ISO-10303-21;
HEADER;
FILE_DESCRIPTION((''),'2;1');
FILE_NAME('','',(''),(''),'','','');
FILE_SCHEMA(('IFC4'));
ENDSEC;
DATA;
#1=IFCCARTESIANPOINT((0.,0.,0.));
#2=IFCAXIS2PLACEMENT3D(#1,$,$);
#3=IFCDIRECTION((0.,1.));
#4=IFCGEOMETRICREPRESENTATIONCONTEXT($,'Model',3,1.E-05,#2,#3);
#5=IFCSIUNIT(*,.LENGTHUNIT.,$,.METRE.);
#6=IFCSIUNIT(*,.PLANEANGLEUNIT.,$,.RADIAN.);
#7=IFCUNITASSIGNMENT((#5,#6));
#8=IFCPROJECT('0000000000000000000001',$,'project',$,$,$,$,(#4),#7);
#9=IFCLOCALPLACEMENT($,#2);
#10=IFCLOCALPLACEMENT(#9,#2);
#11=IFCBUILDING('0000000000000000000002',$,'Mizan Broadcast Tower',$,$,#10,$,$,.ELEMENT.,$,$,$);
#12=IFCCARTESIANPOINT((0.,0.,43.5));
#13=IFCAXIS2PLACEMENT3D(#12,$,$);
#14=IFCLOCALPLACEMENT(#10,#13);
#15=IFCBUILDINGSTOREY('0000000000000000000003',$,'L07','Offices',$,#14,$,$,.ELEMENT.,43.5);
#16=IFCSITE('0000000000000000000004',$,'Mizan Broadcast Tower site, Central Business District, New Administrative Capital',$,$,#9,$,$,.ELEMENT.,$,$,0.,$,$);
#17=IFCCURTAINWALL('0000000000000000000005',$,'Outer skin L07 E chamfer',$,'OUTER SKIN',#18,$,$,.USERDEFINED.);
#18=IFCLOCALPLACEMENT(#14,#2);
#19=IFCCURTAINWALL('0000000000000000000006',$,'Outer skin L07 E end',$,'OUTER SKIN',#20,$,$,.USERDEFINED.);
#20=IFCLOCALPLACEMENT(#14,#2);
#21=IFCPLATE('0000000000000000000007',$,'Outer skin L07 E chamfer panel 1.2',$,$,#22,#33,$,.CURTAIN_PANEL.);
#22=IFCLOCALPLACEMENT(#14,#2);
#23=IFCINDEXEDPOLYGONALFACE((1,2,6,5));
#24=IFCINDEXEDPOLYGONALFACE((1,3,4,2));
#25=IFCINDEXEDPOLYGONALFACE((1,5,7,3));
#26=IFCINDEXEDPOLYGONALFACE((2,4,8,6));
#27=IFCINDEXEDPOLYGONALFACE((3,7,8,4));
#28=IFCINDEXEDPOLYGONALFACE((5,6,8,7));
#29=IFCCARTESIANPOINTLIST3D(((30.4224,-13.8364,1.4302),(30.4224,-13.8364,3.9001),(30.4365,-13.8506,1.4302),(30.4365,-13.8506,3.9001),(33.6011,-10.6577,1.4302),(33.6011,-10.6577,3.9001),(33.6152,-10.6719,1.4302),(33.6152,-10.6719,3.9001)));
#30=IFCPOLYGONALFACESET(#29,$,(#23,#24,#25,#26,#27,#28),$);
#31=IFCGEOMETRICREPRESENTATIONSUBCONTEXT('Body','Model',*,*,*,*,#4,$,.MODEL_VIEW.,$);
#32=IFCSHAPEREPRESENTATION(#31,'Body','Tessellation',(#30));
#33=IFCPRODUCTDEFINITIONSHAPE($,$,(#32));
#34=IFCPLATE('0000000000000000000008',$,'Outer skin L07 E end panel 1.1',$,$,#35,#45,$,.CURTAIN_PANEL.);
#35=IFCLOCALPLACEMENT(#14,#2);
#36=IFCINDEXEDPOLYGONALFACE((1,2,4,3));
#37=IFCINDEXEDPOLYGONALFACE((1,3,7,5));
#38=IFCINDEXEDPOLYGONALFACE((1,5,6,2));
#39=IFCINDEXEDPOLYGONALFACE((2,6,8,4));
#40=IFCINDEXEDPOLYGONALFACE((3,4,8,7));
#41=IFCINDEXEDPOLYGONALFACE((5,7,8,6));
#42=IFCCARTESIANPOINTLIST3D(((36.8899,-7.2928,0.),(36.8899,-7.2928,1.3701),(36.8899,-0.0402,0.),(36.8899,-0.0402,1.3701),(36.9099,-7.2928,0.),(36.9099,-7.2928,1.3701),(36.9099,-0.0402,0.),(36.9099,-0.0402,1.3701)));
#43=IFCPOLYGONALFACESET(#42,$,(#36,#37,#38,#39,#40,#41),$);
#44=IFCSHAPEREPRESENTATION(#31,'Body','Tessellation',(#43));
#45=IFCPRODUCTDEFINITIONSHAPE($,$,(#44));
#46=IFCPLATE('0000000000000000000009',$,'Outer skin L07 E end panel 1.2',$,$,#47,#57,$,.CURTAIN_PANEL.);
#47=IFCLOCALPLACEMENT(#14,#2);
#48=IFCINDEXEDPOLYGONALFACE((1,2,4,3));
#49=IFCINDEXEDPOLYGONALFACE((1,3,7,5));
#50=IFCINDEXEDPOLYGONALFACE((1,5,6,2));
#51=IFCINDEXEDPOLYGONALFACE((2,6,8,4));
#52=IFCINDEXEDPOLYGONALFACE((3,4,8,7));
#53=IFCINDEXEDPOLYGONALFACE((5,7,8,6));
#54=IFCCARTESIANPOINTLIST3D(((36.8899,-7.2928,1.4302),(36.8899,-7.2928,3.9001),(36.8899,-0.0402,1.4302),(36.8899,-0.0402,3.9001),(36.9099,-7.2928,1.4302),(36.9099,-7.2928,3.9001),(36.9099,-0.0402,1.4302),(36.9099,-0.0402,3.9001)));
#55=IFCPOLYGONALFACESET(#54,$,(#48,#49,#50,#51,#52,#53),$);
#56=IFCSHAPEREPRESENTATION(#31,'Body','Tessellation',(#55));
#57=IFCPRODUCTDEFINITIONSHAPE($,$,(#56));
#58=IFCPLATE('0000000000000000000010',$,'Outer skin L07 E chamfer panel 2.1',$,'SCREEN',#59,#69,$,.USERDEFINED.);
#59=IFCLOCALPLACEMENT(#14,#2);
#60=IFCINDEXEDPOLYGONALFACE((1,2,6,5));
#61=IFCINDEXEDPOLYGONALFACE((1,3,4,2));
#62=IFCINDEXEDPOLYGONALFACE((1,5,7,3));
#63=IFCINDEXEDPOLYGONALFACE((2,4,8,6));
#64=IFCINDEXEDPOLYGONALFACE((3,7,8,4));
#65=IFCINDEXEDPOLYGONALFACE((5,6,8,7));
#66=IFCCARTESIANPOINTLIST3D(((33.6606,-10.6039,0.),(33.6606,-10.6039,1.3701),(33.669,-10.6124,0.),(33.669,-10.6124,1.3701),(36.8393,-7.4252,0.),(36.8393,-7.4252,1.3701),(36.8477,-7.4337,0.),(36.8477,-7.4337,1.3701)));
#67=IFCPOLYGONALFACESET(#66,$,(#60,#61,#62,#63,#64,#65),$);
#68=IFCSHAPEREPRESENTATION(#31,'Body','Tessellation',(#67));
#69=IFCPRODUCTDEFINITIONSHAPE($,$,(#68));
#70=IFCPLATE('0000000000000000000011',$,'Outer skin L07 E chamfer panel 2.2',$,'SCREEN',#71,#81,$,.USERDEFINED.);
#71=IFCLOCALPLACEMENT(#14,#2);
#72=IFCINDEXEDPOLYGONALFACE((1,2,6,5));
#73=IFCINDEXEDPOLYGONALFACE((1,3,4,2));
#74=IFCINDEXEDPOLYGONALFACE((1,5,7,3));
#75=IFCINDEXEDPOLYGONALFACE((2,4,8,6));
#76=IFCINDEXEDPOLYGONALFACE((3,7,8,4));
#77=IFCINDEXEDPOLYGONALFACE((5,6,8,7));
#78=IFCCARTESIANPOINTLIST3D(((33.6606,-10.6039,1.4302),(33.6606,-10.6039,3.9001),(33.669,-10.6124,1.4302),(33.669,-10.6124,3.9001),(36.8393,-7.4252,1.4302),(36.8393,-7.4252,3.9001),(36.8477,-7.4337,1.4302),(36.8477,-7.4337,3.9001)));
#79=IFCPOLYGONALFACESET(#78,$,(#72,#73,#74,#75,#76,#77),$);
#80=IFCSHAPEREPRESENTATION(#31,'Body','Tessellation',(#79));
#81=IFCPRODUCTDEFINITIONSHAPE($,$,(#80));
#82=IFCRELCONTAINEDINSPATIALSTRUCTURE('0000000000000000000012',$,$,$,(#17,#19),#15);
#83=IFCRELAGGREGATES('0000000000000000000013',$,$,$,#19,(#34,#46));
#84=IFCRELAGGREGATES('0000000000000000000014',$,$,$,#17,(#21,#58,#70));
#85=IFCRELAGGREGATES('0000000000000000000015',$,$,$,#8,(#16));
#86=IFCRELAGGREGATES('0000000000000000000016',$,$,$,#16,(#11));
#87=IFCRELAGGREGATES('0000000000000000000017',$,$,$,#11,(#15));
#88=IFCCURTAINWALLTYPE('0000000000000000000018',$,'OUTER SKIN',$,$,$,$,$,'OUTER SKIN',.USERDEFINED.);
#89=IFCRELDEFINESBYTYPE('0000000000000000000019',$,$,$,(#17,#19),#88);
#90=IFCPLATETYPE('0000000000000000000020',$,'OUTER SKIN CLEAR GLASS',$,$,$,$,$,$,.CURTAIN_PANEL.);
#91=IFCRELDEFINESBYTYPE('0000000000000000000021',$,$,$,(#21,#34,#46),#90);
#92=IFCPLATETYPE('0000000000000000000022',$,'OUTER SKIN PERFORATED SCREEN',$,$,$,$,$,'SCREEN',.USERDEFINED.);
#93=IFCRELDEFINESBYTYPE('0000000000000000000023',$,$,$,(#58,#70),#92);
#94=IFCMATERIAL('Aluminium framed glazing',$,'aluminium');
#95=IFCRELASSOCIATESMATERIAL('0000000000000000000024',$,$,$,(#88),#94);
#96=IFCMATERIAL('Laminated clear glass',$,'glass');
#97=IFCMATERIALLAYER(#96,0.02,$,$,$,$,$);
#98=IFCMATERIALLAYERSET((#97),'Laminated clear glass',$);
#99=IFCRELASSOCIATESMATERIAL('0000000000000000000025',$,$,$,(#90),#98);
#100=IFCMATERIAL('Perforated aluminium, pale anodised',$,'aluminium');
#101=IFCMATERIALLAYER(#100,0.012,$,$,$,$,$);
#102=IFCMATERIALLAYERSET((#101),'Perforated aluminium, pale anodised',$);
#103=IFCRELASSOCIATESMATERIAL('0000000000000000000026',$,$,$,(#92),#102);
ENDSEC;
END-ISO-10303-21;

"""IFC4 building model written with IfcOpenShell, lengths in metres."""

from ifc_helpers import new_model, si_unit, direction, frame, origin, origin_2d, place, context, subcontext, project, spatial, rectangle, extrude, material, layer, layer_set, type_object, element, aggregate, save


model = new_model("IFC4")

# Units and contexts
model_context = context("Model", 3, precision=1e-05, world=origin(), true_north=direction((0.0, 1.0)))
body_context = subcontext(model_context, "Body", "Model", "MODEL_VIEW")
ifc_project = project(units=[si_unit("LENGTHUNIT", "METRE"), si_unit("PLANEANGLEUNIT", "RADIAN")], contexts=[model_context])

# Site, building, storey
site_placement = place(None, origin())
site = spatial("IfcSite", under=ifc_project, at=site_placement, Name="Mizan Broadcast Tower site, Central Business District, New Administrative Capital", CompositionType="ELEMENT", RefElevation=0.0)
building_placement = place(site_placement, origin())
building = spatial("IfcBuilding", under=site, at=building_placement, Name="Mizan Broadcast Tower", CompositionType="ELEMENT")
storey_placement = place(building_placement, frame((0.0, 0.0, 43.5)))
storey = spatial("IfcBuildingStorey", under=building, at=storey_placement, Name="L07", Description="Offices", CompositionType="ELEMENT", Elevation=43.5)

# Curtain wall
ifc_material_1 = material(Name="Aluminium framed glazing", Category="aluminium")
curtain_wall_type_1 = type_object("IfcCurtainWallType", Name="OUTER SKIN", ElementType="OUTER SKIN", PredefinedType="USERDEFINED", material=ifc_material_1)
curtain_wall_1_placement = place(storey_placement, origin())
curtain_wall_1 = element("IfcCurtainWall", 1, at=curtain_wall_1_placement, inside=storey, type_object=curtain_wall_type_1, Name="Outer skin L07 E chamfer", ObjectType="OUTER SKIN", PredefinedType="USERDEFINED")

# Curtain wall
curtain_wall_2_placement = place(storey_placement, origin())
curtain_wall_2 = element("IfcCurtainWall", 2, at=curtain_wall_2_placement, inside=storey, type_object=curtain_wall_type_1, Name="Outer skin L07 E end", ObjectType="OUTER SKIN", PredefinedType="USERDEFINED")

# Plates
ifc_material_2 = material(Name="Laminated clear glass", Category="glass")
ifc_layer_1 = layer(ifc_material_2, 0.02)
ifc_layer_set_1 = layer_set([ifc_layer_1], Name="Laminated clear glass")
plate_type_1 = type_object("IfcPlateType", Name="OUTER SKIN CLEAR GLASS", PredefinedType="CURTAIN_PANEL", material=ifc_layer_set_1)
plate_1_placement = place(storey_placement, frame((32.0188, -12.2542, 1.4302), z_axis=(0.0, 0.0, 1.0), x_axis=(0.707107, 0.707107, 0.0)))
plate_1 = element("IfcPlate", 3, at=plate_1_placement, type_object=plate_type_1, Name="Outer skin L07 E chamfer panel 1.2", PredefinedType="CURTAIN_PANEL", context=body_context, shape_type="SweptSolid", body=[
    extrude(rectangle(XDim=4.4954, YDim=0.02, at=origin_2d()), origin(), (0.0, 0.0, 1.0), 2.47),
])
plate_2_placement = place(storey_placement, frame((36.8999, -3.6665, 0.0), z_axis=(0.0, 0.0, 1.0), x_axis=(0.0, 1.0, 0.0)))
plate_2 = element("IfcPlate", 4, at=plate_2_placement, type_object=plate_type_1, Name="Outer skin L07 E end panel 1.1", PredefinedType="CURTAIN_PANEL", context=body_context, shape_type="SweptSolid", body=[
    extrude(rectangle(XDim=7.2527, YDim=0.02, at=origin_2d()), origin(), (0.0, 0.0, 1.0), 1.3701),
])
plate_3_placement = place(storey_placement, frame((36.8999, -3.6665, 1.4302), z_axis=(0.0, 0.0, 1.0), x_axis=(0.0, 1.0, 0.0)))
plate_3 = element("IfcPlate", 5, at=plate_3_placement, type_object=plate_type_1, Name="Outer skin L07 E end panel 1.2", PredefinedType="CURTAIN_PANEL", context=body_context, shape_type="SweptSolid", body=[
    extrude(rectangle(XDim=7.2527, YDim=0.02, at=origin_2d()), origin(), (0.0, 0.0, 1.0), 2.47),
])
aggregate(curtain_wall_2, [plate_2, plate_3])
ifc_material_3 = material(Name="Perforated aluminium, pale anodised", Category="aluminium")
ifc_layer_2 = layer(ifc_material_3, 0.012)
ifc_layer_set_2 = layer_set([ifc_layer_2], Name="Perforated aluminium, pale anodised")
plate_type_2 = type_object("IfcPlateType", Name="OUTER SKIN PERFORATED SCREEN", ElementType="SCREEN", PredefinedType="USERDEFINED", material=ifc_layer_set_2)
plate_4_placement = place(storey_placement, frame((35.2542, -9.0188, 0.0), z_axis=(0.0, 0.0, 1.0), x_axis=(0.707107, 0.707107, 0.0)))
plate_4 = element("IfcPlate", 6, at=plate_4_placement, type_object=plate_type_2, Name="Outer skin L07 E chamfer panel 2.1", ObjectType="SCREEN", PredefinedType="USERDEFINED", context=body_context, shape_type="SweptSolid", body=[
    extrude(rectangle(XDim=4.4954, YDim=0.012, at=origin_2d()), origin(), (0.0, 0.0, 1.0), 1.3701),
])
plate_5_placement = place(storey_placement, frame((35.2542, -9.0188, 1.4302), z_axis=(0.0, 0.0, 1.0), x_axis=(0.707107, 0.707107, 0.0)))
plate_5 = element("IfcPlate", 7, at=plate_5_placement, type_object=plate_type_2, Name="Outer skin L07 E chamfer panel 2.2", ObjectType="SCREEN", PredefinedType="USERDEFINED", context=body_context, shape_type="SweptSolid", body=[
    extrude(rectangle(XDim=4.4954, YDim=0.012, at=origin_2d()), origin(), (0.0, 0.0, 1.0), 2.47),
])
aggregate(curtain_wall_1, [plate_1, plate_4, plate_5])

save(model, "model.ifc")
